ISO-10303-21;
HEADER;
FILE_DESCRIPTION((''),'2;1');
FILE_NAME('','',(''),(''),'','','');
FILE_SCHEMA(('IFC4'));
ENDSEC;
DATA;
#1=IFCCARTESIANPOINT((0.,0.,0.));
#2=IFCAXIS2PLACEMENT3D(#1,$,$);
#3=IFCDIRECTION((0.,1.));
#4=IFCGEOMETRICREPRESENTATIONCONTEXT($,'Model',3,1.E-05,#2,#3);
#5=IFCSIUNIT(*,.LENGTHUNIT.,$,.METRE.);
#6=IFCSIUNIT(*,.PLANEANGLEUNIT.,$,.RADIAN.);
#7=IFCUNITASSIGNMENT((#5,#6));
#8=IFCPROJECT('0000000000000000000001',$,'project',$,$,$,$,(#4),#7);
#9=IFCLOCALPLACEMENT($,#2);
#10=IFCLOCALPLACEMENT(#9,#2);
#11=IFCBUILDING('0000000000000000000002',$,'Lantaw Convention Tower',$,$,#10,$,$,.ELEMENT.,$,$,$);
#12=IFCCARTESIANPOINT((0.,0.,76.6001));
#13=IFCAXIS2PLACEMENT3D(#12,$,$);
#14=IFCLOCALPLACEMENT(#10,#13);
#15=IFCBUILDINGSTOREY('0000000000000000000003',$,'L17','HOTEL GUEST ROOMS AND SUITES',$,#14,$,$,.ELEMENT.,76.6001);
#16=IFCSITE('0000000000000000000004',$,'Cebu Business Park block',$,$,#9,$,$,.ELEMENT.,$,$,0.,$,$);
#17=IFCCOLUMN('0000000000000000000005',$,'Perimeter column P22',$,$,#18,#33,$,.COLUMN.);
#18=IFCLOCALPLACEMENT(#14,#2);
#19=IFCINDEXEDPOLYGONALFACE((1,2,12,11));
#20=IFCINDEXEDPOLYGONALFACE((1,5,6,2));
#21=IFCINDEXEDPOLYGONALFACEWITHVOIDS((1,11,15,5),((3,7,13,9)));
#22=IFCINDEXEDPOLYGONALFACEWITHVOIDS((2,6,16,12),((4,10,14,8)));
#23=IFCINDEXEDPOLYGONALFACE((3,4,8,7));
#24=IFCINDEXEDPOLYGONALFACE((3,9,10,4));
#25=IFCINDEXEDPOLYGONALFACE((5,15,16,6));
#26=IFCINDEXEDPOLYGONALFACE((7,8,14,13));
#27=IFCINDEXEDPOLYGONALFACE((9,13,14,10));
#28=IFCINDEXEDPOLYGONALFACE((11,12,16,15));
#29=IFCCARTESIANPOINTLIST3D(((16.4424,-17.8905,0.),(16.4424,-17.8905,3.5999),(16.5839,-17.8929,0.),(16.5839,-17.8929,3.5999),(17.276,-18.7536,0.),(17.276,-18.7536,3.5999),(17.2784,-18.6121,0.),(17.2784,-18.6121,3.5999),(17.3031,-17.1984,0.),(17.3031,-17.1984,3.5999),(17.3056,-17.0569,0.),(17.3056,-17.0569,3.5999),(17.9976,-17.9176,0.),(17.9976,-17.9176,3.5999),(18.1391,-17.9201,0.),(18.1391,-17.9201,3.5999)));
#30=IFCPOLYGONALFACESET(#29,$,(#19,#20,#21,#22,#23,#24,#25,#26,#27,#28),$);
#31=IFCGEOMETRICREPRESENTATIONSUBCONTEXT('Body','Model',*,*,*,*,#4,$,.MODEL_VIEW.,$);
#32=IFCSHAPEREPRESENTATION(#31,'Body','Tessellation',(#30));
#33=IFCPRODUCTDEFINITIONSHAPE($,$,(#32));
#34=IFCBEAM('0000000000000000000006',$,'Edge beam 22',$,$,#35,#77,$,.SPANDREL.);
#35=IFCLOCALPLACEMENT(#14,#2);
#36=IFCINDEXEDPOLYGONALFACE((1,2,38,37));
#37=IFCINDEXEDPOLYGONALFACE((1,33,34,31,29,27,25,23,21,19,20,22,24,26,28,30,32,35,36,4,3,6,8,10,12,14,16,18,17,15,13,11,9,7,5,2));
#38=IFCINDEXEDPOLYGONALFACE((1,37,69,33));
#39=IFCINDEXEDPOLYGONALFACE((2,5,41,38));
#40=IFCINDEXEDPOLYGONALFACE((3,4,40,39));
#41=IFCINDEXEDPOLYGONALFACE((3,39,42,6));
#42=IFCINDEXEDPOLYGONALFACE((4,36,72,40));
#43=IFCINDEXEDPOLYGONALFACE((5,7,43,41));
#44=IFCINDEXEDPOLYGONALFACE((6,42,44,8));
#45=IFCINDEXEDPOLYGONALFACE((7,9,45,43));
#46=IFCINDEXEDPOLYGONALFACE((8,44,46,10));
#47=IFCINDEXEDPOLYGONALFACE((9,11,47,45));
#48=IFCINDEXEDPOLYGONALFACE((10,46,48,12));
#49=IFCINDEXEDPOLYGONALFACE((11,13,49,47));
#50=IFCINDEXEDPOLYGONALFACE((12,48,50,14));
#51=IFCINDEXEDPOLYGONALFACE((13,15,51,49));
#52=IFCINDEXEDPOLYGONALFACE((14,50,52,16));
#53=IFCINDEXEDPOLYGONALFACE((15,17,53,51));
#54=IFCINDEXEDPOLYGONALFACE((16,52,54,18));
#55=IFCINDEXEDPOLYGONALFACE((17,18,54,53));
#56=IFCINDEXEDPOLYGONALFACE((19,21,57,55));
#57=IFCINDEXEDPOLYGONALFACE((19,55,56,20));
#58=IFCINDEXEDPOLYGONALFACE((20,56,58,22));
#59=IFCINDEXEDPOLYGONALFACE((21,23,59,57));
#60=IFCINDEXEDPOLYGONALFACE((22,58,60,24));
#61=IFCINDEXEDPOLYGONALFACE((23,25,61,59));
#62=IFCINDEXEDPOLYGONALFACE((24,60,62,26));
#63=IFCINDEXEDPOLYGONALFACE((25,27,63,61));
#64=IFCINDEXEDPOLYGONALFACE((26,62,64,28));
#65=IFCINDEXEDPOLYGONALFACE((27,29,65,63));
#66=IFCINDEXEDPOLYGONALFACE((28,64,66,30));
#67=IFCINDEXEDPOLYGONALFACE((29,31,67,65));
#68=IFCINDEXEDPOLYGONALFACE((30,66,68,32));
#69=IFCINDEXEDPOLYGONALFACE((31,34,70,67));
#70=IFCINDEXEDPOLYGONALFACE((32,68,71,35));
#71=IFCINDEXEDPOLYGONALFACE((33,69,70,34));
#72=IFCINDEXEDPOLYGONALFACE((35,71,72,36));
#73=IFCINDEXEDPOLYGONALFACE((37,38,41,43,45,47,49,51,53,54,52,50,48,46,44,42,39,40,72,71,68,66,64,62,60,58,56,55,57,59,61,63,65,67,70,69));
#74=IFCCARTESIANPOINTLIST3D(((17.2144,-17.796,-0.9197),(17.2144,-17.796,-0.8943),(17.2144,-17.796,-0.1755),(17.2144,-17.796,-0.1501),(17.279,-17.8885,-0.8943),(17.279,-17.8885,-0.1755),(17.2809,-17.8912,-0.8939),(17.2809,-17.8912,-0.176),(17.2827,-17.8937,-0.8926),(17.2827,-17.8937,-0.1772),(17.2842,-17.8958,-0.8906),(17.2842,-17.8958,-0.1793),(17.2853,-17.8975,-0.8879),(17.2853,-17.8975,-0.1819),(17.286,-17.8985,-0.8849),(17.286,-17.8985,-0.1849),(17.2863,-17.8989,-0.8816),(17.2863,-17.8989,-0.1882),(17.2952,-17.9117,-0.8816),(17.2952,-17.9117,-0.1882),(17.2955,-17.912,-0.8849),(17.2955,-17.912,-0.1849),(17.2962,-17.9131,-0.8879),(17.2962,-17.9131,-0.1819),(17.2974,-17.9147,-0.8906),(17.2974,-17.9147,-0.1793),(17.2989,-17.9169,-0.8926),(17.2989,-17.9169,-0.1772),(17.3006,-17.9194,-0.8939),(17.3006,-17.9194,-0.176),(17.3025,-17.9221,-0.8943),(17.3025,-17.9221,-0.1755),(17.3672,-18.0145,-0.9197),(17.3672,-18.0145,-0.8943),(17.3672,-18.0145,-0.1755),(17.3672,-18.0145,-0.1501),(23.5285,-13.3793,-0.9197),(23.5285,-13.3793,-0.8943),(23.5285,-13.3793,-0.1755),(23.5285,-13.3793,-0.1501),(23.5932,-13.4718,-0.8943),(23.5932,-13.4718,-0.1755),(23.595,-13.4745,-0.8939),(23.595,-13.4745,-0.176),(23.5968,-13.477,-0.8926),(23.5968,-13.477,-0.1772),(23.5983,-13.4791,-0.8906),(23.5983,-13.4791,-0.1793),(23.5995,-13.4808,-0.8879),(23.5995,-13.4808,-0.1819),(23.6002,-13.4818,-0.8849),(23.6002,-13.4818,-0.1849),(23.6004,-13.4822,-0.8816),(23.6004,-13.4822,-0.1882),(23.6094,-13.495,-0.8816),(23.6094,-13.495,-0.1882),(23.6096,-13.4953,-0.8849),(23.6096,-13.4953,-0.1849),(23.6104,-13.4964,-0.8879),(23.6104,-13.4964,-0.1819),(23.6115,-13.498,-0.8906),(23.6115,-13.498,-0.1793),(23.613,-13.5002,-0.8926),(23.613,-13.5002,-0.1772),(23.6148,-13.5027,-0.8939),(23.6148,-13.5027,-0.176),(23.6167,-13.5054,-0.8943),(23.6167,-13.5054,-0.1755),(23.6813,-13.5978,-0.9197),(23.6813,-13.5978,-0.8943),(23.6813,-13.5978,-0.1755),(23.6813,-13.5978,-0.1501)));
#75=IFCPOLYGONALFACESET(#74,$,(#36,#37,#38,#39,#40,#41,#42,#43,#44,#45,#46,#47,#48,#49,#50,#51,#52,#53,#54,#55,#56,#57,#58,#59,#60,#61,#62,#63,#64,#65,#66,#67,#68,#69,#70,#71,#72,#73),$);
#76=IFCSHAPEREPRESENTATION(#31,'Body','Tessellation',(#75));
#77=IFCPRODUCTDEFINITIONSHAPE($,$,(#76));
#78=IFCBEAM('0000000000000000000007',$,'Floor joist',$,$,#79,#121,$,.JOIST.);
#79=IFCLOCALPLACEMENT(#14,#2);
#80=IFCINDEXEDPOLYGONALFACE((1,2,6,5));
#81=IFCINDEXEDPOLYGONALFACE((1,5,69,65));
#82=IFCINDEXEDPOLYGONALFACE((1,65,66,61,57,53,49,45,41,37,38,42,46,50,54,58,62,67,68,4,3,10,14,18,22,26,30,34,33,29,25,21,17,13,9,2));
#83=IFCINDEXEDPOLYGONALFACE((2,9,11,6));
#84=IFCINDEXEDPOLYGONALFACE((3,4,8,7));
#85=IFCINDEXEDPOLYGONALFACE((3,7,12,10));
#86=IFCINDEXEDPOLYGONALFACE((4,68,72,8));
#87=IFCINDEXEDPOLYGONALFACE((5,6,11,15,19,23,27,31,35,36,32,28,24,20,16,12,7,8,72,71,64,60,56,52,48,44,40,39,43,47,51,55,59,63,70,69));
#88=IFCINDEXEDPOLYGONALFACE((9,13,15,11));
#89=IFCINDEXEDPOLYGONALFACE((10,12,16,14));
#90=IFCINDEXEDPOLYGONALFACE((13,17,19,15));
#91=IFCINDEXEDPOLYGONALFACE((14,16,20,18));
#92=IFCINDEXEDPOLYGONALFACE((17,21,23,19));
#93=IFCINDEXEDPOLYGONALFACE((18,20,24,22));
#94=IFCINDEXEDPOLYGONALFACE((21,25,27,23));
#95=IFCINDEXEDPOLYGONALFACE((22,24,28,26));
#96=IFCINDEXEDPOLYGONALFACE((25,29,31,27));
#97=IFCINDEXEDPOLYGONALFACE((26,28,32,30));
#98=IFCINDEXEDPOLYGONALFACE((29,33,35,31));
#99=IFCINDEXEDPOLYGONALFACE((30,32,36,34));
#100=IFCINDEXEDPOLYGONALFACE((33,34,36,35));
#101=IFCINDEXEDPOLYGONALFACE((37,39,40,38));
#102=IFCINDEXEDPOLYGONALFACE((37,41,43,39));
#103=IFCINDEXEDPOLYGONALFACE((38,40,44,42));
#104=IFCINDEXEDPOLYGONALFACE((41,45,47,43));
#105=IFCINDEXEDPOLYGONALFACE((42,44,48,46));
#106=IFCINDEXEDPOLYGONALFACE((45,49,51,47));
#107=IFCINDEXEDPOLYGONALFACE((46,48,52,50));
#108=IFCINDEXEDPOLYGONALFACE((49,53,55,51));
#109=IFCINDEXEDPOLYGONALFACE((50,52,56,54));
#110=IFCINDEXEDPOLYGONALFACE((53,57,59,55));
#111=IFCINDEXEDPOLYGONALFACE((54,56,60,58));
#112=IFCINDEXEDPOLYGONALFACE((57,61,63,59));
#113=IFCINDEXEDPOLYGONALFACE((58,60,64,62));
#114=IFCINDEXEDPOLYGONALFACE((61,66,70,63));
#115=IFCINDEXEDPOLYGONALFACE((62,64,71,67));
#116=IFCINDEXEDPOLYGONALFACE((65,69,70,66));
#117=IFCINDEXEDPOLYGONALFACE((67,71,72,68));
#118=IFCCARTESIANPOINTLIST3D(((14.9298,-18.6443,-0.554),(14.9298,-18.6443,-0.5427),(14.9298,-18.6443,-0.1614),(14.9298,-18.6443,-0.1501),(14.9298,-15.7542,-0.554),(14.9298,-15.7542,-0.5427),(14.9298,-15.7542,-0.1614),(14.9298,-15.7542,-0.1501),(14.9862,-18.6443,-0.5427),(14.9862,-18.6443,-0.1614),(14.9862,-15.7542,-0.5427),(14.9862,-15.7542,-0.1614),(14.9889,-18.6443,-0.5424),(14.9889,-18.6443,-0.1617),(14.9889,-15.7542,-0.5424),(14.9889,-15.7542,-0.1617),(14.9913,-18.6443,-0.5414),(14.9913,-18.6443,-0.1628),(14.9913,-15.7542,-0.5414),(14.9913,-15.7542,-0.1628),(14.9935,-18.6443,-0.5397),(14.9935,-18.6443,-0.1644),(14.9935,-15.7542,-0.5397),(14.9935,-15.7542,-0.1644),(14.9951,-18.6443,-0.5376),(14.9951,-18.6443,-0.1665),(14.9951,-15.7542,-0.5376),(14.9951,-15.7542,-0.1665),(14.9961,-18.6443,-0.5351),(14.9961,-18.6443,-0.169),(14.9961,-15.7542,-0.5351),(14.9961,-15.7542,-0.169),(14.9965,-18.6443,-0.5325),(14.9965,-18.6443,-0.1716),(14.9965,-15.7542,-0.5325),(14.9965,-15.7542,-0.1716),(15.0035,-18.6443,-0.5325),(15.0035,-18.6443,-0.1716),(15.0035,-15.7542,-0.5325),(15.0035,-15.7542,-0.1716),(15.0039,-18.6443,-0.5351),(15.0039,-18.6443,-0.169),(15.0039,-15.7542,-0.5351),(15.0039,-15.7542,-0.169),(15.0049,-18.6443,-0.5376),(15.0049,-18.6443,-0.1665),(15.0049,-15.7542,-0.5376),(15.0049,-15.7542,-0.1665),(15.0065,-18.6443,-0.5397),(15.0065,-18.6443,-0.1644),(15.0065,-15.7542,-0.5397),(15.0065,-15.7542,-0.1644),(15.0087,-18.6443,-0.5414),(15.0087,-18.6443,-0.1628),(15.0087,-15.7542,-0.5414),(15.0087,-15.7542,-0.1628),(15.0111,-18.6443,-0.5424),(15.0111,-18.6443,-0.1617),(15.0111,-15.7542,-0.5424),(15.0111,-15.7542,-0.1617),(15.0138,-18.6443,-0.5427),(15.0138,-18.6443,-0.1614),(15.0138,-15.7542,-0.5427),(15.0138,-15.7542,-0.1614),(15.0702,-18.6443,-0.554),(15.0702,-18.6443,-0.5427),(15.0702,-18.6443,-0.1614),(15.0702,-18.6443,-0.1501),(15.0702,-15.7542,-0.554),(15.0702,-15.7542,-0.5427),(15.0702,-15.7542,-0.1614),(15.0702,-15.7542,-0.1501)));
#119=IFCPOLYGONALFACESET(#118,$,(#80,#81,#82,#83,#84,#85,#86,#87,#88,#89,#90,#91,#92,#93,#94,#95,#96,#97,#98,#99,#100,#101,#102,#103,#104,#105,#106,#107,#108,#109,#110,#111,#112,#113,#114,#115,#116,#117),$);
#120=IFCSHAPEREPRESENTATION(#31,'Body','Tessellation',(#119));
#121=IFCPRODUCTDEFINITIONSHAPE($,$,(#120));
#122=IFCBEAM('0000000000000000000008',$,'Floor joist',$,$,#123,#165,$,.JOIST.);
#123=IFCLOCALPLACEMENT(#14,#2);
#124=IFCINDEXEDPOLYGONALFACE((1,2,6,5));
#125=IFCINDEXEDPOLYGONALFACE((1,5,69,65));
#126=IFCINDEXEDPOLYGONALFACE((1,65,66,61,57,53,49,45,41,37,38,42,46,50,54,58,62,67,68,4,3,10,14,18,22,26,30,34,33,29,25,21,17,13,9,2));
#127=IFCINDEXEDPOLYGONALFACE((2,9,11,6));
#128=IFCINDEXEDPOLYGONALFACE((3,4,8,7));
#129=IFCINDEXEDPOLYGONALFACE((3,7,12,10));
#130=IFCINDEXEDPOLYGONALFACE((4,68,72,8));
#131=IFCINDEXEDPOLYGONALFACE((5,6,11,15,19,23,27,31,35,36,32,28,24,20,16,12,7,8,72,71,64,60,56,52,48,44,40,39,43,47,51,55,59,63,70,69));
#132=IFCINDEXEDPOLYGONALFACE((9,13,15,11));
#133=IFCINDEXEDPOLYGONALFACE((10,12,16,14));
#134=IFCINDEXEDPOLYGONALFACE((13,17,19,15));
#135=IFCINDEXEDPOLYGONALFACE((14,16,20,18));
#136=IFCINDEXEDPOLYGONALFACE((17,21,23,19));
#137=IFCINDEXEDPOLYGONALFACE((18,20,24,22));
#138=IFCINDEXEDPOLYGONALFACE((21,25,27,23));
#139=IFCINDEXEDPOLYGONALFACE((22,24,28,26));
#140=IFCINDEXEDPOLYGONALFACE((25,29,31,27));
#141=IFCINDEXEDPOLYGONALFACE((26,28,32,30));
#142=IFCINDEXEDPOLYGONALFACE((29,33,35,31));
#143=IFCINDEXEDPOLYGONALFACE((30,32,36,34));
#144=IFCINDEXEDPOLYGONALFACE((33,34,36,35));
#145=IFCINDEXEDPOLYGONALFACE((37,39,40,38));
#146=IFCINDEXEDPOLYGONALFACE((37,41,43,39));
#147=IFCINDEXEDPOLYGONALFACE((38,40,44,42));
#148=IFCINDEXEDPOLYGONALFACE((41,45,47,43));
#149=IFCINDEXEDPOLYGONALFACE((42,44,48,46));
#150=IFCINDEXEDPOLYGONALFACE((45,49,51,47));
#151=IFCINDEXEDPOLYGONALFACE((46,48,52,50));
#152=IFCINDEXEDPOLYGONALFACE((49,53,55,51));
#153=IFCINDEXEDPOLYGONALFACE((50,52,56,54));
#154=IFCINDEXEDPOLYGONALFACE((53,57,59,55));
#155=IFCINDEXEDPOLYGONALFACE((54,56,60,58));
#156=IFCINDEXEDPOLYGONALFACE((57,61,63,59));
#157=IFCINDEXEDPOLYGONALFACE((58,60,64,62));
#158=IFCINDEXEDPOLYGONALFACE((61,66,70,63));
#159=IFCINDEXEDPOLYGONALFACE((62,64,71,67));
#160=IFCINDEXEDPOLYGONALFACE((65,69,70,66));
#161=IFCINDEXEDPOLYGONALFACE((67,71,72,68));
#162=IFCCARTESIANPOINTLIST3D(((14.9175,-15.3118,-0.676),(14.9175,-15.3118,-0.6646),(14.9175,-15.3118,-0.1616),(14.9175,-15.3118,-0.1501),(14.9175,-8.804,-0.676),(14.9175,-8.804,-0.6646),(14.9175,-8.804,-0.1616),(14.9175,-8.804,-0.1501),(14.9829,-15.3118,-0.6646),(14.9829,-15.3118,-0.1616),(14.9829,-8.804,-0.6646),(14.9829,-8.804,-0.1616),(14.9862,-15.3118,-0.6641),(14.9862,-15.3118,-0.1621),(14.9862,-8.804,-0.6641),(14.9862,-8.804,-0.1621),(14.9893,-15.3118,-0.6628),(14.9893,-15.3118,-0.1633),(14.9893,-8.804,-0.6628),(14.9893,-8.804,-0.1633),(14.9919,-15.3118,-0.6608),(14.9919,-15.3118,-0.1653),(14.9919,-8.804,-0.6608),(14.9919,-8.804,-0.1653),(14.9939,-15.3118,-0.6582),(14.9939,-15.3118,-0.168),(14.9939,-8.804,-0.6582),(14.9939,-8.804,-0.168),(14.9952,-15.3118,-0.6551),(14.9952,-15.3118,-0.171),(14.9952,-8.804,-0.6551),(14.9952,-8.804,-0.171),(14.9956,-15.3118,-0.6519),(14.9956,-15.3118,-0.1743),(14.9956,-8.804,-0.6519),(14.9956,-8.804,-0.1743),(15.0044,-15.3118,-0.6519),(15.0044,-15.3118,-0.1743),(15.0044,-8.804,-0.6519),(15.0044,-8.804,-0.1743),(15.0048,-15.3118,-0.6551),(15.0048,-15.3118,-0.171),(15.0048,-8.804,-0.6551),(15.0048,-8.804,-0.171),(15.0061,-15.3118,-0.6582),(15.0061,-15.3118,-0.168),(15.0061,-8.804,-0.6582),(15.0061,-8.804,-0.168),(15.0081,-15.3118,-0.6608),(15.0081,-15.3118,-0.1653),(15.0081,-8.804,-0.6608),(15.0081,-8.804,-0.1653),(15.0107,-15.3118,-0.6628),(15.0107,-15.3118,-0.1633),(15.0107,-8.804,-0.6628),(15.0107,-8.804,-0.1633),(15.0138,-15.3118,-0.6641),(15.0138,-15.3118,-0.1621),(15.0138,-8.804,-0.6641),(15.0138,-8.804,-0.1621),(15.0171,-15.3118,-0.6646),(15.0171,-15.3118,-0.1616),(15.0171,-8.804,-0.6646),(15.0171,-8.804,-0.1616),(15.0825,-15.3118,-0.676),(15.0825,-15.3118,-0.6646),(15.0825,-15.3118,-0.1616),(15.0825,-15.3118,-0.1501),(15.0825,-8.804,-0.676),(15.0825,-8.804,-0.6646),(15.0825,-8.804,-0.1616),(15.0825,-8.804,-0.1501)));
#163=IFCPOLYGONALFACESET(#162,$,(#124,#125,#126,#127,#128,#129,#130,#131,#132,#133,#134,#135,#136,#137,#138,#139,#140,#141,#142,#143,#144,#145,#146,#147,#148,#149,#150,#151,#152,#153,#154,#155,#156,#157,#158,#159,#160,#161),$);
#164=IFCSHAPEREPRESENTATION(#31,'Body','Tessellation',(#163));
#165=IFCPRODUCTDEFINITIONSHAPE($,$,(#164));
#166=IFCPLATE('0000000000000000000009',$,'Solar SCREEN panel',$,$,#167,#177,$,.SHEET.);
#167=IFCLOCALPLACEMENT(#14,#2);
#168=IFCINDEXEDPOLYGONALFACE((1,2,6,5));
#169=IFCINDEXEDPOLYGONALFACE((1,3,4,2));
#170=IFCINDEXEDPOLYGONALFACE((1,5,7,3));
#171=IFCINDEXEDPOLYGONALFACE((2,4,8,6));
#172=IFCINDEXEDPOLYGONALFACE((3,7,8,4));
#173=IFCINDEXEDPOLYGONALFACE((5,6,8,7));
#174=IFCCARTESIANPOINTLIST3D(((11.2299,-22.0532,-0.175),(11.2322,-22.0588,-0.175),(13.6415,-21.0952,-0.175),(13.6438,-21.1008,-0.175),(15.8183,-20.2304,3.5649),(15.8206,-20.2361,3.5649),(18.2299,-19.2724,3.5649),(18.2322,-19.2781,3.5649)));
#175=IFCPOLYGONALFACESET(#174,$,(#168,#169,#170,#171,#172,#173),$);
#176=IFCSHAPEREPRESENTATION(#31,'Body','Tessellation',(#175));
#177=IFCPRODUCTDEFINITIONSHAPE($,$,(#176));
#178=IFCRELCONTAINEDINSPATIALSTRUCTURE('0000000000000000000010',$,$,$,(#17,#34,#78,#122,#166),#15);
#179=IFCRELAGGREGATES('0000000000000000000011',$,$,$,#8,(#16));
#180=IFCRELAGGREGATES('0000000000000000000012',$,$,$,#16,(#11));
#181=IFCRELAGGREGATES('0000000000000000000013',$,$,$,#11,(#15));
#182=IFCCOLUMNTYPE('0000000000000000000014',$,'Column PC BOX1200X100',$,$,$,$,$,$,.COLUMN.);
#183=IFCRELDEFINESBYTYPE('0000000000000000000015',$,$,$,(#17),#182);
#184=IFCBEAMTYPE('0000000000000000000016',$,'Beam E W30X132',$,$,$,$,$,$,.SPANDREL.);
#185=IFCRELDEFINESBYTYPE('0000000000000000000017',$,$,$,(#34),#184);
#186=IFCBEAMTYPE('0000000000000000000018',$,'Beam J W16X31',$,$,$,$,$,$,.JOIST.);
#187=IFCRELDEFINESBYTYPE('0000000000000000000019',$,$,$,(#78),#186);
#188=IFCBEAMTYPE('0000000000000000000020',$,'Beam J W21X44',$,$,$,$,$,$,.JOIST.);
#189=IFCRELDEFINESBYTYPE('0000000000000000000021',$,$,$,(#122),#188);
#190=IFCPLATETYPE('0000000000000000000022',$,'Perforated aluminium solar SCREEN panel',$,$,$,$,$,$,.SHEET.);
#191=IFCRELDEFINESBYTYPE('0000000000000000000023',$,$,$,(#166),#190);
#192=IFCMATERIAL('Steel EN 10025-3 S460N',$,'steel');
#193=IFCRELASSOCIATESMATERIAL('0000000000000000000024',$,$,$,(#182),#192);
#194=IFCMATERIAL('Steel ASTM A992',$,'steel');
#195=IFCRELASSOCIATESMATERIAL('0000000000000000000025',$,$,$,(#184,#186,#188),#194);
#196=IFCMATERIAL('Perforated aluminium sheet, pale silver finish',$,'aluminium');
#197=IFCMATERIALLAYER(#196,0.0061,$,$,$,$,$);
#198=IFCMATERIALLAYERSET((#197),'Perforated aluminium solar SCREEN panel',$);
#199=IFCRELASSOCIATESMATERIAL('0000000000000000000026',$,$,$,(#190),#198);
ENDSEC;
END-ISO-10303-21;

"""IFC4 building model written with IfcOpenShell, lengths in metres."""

from ifc_helpers import new_model, si_unit, direction, frame, origin, origin_2d, place, context, subcontext, project, spatial, polyline, rectangle, hollow_rectangle, i_section, outline, extrude, material, layer, layer_set, material_profile, profile_set, type_object, element, save


model = new_model("IFC4")

# Units and contexts
model_context = context("Model", 3, precision=1e-05, world=origin(), true_north=direction((0.0, 1.0)))
body_context = subcontext(model_context, "Body", "Model", "MODEL_VIEW")
ifc_project = project(units=[si_unit("LENGTHUNIT", "METRE"), si_unit("PLANEANGLEUNIT", "RADIAN")], contexts=[model_context])

# Site, building, storey
site_placement = place(None, origin())
site = spatial("IfcSite", under=ifc_project, at=site_placement, Name="Cebu Business Park block", CompositionType="ELEMENT", RefElevation=0.0)
building_placement = place(site_placement, origin())
building = spatial("IfcBuilding", under=site, at=building_placement, Name="Lantaw Convention Tower", CompositionType="ELEMENT")
storey_placement = place(building_placement, frame((0.0, 0.0, 76.6001)))
storey = spatial("IfcBuildingStorey", under=building, at=storey_placement, Name="L17", Description="HOTEL GUEST ROOMS AND SUITES", CompositionType="ELEMENT", Elevation=76.6001)

# Column
ifc_material_1 = material(Name="Steel EN 10025-3 S460N", Category="steel")
ifc_material_profile_1 = material_profile(ifc_material_1, hollow_rectangle(XDim=1.2, YDim=1.2, WallThickness=0.1001, at=origin_2d()), Name="BOX1200X100")
ifc_material_2 = material(Name="Concrete C60/75", Category="concrete")
ifc_material_profile_2 = material_profile(ifc_material_2, rectangle(XDim=1.0, YDim=1.0, at=origin_2d()), Name="Concrete fill of BOX1200X100")
ifc_profile_set_1 = profile_set([ifc_material_profile_1, ifc_material_profile_2], Name="Steel EN 10025-3 S460N")
column_type = type_object("IfcColumnType", Name="Column PC BOX1200X100", PredefinedType="COLUMN", material=ifc_profile_set_1)
column_placement = place(storey_placement, frame((17.2908, -17.9053, 0.0), z_axis=(0.0, 0.0, 1.0), x_axis=(0.71934, 0.694658, 0.0)))
element("IfcColumn", 1, at=column_placement, inside=storey, type_object=column_type, Name="Perimeter column P22", PredefinedType="COLUMN", context=body_context, shape_type="SweptSolid", body=[
    extrude(hollow_rectangle(XDim=1.2, YDim=1.2, WallThickness=0.1001, at=origin_2d()), origin(), (0.0, 0.0, 1.0), 3.5999),
])

# Beams
ifc_material_3 = material(Name="Steel ASTM A992", Category="steel")
ifc_material_profile_3 = material_profile(ifc_material_3, i_section(OverallWidth=0.2666, OverallDepth=0.7695, WebThickness=0.0156, FlangeThickness=0.0254, FilletRadius=0.0127, at=origin_2d()), Name="W30X132")
ifc_profile_set_2 = profile_set([ifc_material_profile_3], Name="Steel ASTM A992")
beam_type_1 = type_object("IfcBeamType", Name="Beam E W30X132", PredefinedType="SPANDREL", material=ifc_profile_set_2)
beam_1_placement = place(storey_placement, frame((17.2908, -17.9053, -0.5349), z_axis=(0.819427, 0.573184, 0.0), x_axis=(-0.573184, 0.819427, 0.0)))
element("IfcBeam", 2, at=beam_1_placement, inside=storey, type_object=beam_type_1, Name="Edge beam 22", PredefinedType="SPANDREL", context=body_context, shape_type="SweptSolid", body=[
    extrude(i_section(OverallWidth=0.2666, OverallDepth=0.7695, WebThickness=0.0156, FlangeThickness=0.0254, FilletRadius=0.0127, at=origin_2d()), origin(), (0.0, 0.0, 1.0), 7.7056),
])
ifc_material_profile_4 = material_profile(ifc_material_3, i_section(OverallWidth=0.1404, OverallDepth=0.4038, WebThickness=0.0071, FlangeThickness=0.0112, FilletRadius=0.0103, at=origin_2d()), Name="W16X31")
ifc_profile_set_3 = profile_set([ifc_material_profile_4], Name="Steel ASTM A992")
beam_type_2 = type_object("IfcBeamType", Name="Beam J W16X31", PredefinedType="JOIST", material=ifc_profile_set_3)
beam_2_placement = place(storey_placement, frame((15.0, -18.6443, -0.3521), z_axis=(0.0, 1.0, 0.0), x_axis=(-1.0, 0.0, 0.0)))
element("IfcBeam", 3, at=beam_2_placement, inside=storey, type_object=beam_type_2, Name="Floor joist", PredefinedType="JOIST", context=body_context, shape_type="SweptSolid", body=[
    extrude(i_section(OverallWidth=0.1404, OverallDepth=0.4038, WebThickness=0.0071, FlangeThickness=0.0112, FilletRadius=0.0103, at=origin_2d()), origin(), (0.0, 0.0, 1.0), 2.8901),
])
ifc_material_profile_5 = material_profile(ifc_material_3, i_section(OverallWidth=0.165, OverallDepth=0.5259, WebThickness=0.0088, FlangeThickness=0.0115, FilletRadius=0.0127, at=origin_2d()), Name="W21X44")
ifc_profile_set_4 = profile_set([ifc_material_profile_5], Name="Steel ASTM A992")
beam_type_3 = type_object("IfcBeamType", Name="Beam J W21X44", PredefinedType="JOIST", material=ifc_profile_set_4)
beam_3_placement = place(storey_placement, frame((15.0, -15.3118, -0.4131), z_axis=(0.0, 1.0, 0.0), x_axis=(-1.0, 0.0, 0.0)))
element("IfcBeam", 4, at=beam_3_placement, inside=storey, type_object=beam_type_3, Name="Floor joist", PredefinedType="JOIST", context=body_context, shape_type="SweptSolid", body=[
    extrude(i_section(OverallWidth=0.165, OverallDepth=0.5259, WebThickness=0.0088, FlangeThickness=0.0115, FilletRadius=0.0127, at=origin_2d()), origin(), (0.0, 0.0, 1.0), 6.5078),
])

# Plate
ifc_material_4 = material(Name="Perforated aluminium sheet, pale silver finish", Category="aluminium")
ifc_layer_1 = layer(ifc_material_4, 0.0061)
ifc_layer_set_1 = layer_set([ifc_layer_1], Name="Perforated aluminium solar SCREEN panel")
plate_type = type_object("IfcPlateType", Name="Perforated aluminium solar SCREEN panel", PredefinedType="SHEET", material=ifc_layer_set_1)
plate_placement = place(storey_placement, frame((11.2322, -22.0588, -0.175), z_axis=(0.369184, -0.929357, 0.000009), x_axis=(0.929357, 0.369184, 0.0)))
element("IfcPlate", 5, at=plate_placement, inside=storey, type_object=plate_type, Name="Solar SCREEN panel", PredefinedType="SHEET", context=body_context, shape_type="SweptSolid", body=[
    extrude(outline(polyline([(0.0, 0.0), (2.5949, 0.0), (7.5321, 3.74), (4.9372, 3.74), (0.0, 0.0)])), origin(), (0.0, 0.0, -1.0), 0.0061),
])

save(model, "model.ifc")
